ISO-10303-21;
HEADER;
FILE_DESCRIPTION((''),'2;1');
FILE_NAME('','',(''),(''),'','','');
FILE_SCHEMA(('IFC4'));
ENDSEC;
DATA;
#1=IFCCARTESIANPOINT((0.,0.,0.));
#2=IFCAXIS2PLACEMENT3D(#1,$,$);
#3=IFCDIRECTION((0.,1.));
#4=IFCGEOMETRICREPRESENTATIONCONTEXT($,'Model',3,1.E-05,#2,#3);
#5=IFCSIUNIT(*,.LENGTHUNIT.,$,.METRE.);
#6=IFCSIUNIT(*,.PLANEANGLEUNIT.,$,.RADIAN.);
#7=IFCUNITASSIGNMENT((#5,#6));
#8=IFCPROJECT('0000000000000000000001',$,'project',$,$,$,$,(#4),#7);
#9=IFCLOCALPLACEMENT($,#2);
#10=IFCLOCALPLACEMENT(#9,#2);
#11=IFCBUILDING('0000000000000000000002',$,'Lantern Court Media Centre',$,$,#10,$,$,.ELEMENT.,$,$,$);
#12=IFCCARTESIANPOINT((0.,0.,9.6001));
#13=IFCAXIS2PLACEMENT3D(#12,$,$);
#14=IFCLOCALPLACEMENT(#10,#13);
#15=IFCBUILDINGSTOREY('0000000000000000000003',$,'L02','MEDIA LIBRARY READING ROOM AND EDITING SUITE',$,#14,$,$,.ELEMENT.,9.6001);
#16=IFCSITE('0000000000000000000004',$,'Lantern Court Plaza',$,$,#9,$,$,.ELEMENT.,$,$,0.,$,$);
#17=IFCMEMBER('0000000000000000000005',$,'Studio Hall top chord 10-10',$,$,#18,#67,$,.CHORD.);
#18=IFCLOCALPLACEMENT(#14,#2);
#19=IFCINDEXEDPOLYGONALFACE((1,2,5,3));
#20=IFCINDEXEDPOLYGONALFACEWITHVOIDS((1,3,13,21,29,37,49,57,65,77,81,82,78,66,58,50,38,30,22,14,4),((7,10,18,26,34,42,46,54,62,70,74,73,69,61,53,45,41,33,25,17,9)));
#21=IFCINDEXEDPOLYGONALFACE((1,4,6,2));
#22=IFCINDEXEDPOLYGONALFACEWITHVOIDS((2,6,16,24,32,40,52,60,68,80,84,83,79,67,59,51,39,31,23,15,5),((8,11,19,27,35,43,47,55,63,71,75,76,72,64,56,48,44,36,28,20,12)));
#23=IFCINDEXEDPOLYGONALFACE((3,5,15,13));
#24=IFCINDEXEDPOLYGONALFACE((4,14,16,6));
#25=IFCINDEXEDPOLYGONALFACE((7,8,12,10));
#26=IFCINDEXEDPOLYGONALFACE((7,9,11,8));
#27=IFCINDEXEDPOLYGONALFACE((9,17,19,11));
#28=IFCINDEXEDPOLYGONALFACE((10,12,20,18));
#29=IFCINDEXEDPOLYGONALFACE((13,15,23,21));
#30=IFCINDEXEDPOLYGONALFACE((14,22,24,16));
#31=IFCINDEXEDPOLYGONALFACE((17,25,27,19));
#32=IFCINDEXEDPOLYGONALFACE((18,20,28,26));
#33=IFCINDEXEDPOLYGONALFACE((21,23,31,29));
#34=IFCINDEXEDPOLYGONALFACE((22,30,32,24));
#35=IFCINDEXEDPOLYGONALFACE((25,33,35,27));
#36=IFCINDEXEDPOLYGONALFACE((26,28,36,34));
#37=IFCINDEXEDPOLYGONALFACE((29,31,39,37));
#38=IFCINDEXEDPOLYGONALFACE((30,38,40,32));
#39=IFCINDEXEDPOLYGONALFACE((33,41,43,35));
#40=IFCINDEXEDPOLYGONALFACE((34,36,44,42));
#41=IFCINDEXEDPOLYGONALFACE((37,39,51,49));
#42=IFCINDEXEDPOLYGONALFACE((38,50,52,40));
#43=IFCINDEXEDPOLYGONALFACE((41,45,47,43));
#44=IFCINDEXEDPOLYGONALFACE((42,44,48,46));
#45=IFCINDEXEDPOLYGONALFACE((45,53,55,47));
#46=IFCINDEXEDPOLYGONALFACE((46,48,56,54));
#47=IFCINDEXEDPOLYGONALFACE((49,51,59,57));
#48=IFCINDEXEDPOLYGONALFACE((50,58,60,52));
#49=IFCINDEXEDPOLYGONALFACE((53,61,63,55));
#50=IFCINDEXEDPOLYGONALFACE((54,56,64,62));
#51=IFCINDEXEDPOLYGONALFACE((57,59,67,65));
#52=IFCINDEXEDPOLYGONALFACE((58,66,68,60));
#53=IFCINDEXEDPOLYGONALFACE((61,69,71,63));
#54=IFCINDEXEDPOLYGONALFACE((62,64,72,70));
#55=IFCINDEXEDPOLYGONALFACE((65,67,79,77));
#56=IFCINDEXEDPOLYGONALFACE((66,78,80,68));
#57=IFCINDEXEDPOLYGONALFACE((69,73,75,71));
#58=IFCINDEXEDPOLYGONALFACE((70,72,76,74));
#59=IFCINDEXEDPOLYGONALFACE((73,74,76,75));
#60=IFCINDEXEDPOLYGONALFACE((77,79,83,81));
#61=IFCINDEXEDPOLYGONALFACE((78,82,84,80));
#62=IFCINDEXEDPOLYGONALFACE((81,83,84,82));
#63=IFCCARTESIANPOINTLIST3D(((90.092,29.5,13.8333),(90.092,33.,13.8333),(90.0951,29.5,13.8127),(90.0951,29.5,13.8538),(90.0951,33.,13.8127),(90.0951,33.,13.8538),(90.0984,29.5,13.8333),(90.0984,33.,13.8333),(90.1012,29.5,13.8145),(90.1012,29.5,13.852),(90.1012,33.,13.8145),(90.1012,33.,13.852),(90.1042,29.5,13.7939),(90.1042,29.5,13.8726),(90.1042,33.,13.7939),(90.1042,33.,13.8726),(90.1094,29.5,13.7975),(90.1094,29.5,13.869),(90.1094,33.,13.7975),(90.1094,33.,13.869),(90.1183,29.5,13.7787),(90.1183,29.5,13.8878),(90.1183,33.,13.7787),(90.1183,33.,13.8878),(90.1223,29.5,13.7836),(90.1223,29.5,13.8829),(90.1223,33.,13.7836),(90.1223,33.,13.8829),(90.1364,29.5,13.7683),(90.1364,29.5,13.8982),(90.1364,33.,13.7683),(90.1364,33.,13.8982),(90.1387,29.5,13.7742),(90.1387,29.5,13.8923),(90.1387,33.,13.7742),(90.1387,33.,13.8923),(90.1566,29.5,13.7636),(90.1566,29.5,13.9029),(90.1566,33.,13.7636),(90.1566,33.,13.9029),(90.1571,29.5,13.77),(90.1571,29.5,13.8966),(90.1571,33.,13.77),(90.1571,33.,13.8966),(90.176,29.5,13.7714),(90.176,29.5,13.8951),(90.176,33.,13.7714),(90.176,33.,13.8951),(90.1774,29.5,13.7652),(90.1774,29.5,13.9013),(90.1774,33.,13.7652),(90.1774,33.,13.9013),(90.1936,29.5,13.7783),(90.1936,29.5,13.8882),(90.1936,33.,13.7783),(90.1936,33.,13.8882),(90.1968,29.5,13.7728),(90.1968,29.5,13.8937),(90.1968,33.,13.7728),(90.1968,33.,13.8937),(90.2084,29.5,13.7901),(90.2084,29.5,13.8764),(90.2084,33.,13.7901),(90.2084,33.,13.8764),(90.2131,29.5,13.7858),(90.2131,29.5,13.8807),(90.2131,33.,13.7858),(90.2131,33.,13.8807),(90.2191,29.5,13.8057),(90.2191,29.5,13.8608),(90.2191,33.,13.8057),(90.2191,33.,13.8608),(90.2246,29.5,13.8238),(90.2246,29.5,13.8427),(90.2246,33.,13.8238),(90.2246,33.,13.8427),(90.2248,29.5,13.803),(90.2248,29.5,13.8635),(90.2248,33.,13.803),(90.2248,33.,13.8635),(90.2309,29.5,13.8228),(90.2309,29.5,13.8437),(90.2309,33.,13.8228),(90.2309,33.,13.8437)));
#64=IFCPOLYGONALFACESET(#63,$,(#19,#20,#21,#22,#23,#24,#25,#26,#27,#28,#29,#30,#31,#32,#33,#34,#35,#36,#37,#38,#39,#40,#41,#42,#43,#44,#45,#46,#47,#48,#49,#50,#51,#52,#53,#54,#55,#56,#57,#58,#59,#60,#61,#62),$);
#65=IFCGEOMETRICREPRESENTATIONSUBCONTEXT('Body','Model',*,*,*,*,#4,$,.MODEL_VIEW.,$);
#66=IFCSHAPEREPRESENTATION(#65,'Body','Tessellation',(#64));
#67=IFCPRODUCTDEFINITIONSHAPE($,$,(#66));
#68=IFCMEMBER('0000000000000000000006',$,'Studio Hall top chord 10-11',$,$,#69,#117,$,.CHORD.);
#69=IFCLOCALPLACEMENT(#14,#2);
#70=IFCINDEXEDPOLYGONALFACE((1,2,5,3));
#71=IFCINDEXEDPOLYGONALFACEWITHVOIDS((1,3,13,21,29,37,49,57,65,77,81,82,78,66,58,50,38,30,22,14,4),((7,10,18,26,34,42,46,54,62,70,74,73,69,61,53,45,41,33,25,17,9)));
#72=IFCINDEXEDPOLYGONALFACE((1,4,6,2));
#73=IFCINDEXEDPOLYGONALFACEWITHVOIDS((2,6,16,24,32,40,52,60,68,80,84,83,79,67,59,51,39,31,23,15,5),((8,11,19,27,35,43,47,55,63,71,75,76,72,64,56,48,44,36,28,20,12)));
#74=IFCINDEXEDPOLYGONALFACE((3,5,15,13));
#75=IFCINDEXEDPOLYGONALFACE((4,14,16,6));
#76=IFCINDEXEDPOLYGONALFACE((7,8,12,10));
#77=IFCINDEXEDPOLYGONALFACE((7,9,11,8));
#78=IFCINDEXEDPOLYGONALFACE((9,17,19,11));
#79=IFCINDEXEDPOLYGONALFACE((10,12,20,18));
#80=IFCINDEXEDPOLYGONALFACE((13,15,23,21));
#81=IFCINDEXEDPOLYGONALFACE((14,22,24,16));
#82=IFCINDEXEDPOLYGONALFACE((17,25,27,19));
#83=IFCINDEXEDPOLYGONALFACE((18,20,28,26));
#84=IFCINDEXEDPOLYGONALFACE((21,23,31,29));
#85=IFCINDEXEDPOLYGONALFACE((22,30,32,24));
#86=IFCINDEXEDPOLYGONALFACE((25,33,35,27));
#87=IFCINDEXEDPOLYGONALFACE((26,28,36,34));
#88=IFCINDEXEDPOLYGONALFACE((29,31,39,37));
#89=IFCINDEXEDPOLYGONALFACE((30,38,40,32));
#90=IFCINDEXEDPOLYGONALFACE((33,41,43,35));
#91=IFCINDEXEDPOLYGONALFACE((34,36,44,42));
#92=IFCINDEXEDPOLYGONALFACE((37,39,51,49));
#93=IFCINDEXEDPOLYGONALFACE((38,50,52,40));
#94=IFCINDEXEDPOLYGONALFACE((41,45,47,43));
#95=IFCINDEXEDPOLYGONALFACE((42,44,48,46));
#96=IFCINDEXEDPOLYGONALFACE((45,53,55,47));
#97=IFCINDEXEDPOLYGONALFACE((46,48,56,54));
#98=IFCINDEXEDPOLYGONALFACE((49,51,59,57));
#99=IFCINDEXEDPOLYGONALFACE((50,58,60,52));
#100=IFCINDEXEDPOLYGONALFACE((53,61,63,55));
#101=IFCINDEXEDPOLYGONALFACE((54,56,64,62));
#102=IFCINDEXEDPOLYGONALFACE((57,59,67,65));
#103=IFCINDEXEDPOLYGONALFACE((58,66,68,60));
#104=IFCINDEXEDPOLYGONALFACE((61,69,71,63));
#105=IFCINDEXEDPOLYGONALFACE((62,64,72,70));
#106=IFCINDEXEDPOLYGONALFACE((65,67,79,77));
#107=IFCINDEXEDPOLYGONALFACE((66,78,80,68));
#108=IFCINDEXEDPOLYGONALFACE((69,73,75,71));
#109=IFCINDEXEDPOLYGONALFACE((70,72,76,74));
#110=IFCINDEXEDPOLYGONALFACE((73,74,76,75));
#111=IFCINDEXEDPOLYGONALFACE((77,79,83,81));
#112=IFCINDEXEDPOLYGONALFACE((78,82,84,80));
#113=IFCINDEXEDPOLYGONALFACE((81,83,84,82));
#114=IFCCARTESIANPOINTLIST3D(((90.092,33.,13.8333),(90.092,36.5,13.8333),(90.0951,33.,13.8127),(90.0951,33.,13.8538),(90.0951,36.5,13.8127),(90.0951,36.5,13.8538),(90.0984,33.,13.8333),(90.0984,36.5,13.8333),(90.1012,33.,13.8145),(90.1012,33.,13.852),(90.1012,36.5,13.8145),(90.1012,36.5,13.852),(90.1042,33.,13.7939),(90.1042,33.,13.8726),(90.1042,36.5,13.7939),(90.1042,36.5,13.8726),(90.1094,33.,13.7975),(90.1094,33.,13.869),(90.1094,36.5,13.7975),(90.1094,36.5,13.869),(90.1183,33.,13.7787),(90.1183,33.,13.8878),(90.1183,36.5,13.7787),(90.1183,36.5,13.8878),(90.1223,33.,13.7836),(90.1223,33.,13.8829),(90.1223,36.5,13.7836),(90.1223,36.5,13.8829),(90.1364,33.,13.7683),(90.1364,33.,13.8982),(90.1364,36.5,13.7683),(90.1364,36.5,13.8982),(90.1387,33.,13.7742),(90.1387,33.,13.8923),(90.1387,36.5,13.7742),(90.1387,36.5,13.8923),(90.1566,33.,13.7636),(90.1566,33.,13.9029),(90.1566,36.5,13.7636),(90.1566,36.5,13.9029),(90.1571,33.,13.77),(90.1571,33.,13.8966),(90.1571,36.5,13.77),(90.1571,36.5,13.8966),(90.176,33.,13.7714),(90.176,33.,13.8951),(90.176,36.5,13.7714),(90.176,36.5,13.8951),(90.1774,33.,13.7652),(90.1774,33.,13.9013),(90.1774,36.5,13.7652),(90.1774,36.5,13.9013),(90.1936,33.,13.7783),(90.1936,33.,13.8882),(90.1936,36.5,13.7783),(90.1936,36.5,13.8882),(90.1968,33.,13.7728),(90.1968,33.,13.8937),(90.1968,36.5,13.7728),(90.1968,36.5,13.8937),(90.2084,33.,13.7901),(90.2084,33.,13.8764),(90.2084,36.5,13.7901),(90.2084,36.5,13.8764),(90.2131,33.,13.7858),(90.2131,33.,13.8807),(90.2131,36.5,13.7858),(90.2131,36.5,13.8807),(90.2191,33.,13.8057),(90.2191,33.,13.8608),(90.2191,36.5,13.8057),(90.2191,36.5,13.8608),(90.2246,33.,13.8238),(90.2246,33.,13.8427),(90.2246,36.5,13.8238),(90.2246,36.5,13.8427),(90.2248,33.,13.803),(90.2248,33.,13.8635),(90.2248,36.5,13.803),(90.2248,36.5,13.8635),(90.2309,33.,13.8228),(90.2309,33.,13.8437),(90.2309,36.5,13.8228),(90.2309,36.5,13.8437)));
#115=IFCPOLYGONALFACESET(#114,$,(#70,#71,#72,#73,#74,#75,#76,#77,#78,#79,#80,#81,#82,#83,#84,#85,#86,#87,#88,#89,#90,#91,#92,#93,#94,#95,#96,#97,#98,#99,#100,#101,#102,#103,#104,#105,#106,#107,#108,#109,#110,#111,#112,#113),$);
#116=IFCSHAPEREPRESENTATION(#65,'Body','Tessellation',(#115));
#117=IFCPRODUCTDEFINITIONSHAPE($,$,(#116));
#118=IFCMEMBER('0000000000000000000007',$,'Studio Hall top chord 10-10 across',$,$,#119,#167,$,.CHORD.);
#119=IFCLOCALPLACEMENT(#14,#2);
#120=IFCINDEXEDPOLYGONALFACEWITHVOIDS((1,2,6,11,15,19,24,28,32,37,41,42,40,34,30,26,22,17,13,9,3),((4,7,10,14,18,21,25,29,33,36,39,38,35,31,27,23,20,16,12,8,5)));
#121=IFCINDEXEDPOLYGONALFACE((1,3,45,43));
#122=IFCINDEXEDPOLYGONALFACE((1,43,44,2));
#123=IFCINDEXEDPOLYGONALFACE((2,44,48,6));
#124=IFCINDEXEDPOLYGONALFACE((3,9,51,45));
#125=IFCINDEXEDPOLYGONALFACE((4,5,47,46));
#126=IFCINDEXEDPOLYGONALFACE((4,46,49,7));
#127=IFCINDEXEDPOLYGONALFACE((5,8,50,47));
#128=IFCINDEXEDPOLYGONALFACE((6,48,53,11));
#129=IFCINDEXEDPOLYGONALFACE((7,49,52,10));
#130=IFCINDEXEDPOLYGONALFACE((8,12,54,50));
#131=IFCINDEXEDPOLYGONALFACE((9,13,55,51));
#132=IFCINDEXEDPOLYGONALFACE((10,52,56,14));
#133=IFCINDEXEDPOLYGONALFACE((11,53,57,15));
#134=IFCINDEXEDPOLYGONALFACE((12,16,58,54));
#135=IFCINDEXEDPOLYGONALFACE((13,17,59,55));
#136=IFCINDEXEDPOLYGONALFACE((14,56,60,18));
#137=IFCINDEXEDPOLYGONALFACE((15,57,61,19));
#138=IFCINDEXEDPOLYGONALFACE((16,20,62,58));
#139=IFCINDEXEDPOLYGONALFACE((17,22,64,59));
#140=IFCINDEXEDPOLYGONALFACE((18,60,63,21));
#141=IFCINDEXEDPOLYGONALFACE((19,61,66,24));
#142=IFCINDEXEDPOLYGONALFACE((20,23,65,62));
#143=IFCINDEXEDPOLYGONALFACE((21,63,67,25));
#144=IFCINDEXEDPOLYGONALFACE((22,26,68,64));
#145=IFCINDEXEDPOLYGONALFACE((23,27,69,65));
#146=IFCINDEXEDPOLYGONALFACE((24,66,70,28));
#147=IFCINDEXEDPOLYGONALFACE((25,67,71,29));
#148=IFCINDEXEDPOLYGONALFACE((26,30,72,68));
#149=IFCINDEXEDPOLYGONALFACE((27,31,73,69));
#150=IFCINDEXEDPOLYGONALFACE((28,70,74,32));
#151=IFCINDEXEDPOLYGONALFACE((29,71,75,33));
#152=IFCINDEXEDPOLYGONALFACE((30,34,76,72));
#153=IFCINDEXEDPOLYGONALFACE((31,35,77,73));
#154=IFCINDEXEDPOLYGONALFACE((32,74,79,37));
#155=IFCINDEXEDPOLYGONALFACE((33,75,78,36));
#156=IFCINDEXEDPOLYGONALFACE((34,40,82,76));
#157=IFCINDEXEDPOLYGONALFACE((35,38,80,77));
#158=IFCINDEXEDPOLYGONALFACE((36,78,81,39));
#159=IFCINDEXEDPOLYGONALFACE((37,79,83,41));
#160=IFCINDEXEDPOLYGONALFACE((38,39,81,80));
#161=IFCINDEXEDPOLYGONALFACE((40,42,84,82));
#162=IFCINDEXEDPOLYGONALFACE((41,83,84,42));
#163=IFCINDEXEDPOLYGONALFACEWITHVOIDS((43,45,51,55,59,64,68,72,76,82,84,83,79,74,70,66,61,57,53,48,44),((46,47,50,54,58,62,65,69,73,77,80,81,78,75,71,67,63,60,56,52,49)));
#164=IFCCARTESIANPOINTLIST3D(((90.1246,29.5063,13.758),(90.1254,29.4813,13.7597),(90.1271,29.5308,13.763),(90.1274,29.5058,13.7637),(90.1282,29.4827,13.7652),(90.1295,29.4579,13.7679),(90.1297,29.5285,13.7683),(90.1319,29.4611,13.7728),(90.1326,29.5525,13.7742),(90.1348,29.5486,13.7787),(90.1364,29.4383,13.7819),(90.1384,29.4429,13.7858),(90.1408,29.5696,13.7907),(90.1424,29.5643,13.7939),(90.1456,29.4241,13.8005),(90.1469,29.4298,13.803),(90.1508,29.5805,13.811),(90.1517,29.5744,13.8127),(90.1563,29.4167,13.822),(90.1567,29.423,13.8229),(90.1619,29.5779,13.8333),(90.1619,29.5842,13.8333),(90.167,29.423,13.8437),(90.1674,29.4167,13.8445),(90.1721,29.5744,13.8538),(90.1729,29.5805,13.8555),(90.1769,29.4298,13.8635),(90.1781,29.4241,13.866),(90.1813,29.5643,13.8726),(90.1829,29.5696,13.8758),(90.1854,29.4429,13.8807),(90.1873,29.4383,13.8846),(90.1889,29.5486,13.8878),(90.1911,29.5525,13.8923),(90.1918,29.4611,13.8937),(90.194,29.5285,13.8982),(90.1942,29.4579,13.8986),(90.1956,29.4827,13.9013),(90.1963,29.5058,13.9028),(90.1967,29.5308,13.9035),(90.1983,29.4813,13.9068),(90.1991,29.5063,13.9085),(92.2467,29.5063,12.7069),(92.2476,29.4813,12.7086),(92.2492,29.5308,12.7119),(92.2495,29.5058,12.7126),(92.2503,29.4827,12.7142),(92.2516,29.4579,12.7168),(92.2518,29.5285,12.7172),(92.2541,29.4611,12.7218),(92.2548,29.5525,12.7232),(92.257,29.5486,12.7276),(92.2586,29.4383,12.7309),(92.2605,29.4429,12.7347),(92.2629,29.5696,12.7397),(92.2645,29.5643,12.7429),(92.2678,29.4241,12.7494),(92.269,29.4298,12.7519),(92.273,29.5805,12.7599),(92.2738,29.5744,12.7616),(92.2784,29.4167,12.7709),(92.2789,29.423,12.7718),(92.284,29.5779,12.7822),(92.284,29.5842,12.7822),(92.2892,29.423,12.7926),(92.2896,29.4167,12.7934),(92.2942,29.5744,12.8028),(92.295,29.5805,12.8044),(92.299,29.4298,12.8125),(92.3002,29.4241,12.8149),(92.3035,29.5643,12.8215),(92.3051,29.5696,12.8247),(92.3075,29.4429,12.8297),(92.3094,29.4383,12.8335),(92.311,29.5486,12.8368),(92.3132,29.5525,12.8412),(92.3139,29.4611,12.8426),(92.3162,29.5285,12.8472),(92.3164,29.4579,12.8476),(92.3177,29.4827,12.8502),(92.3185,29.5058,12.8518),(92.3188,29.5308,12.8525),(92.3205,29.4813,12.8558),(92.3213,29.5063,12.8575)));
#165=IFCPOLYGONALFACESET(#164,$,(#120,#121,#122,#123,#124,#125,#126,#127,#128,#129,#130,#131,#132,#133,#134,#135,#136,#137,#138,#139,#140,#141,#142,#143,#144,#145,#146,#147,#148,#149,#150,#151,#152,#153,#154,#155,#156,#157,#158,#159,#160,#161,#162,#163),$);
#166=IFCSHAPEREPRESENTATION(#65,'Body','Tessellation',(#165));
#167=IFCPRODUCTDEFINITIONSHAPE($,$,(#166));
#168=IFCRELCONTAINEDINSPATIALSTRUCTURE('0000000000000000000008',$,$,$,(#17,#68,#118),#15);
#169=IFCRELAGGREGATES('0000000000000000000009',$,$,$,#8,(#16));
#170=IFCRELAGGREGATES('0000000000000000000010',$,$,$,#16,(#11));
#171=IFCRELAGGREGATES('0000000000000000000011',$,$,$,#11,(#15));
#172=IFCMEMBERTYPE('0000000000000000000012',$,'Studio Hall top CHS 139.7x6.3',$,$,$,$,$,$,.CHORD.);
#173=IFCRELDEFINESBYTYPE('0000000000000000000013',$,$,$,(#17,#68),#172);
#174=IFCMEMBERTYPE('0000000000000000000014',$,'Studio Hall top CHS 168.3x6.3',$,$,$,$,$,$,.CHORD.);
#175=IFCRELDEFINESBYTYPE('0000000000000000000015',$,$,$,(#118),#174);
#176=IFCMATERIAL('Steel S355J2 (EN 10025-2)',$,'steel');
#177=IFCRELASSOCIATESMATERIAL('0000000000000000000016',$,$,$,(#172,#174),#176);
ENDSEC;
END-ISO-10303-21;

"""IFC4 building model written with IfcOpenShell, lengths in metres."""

from ifc_helpers import new_model, si_unit, direction, frame, origin, origin_2d, place, context, subcontext, project, spatial, hollow_circle, extrude, material, material_profile, profile_set, type_object, element, save


model = new_model("IFC4")

# Units and contexts
model_context = context("Model", 3, precision=1e-05, world=origin(), true_north=direction((0.0, 1.0)))
body_context = subcontext(model_context, "Body", "Model", "MODEL_VIEW")
ifc_project = project(units=[si_unit("LENGTHUNIT", "METRE"), si_unit("PLANEANGLEUNIT", "RADIAN")], contexts=[model_context])

# Site, building, storey
site_placement = place(None, origin())
site = spatial("IfcSite", under=ifc_project, at=site_placement, Name="Lantern Court Plaza", CompositionType="ELEMENT", RefElevation=0.0)
building_placement = place(site_placement, origin())
building = spatial("IfcBuilding", under=site, at=building_placement, Name="Lantern Court Media Centre", CompositionType="ELEMENT")
storey_placement = place(building_placement, frame((0.0, 0.0, 9.6001)))
storey = spatial("IfcBuildingStorey", under=building, at=storey_placement, Name="L02", Description="MEDIA LIBRARY READING ROOM AND EDITING SUITE", CompositionType="ELEMENT", Elevation=9.6001)

# Members
ifc_material = material(Name="Steel S355J2 (EN 10025-2)", Category="steel")
ifc_material_profile_1 = material_profile(ifc_material, hollow_circle(Radius=0.0698, WallThickness=0.0063, at=origin_2d()), Name="Studio Hall top CHS 139.7x6.3")
ifc_profile_set_1 = profile_set([ifc_material_profile_1], Name="Steel S355J2 (EN 10025-2)")
member_type_1 = type_object("IfcMemberType", Name="Studio Hall top CHS 139.7x6.3", PredefinedType="CHORD", material=ifc_profile_set_1)
for number, where, z_axis, x_axis, name in (
    (1, (90.1619, 29.5, 13.8333), (0.0, 1.0, 0.0), (-1.0, 0.0, 0.0), "Studio Hall top chord 10-10"),
    (2, (90.1619, 33.0, 13.8333), (0.0, 1.0, 0.0), (-1.0, 0.0, 0.0), "Studio Hall top chord 10-11"),
):
    element("IfcMember", number, at=place(storey_placement, frame(where, z_axis=z_axis, x_axis=x_axis)), inside=storey, type_object=member_type_1, Name=name, PredefinedType="CHORD", context=body_context, shape_type="SweptSolid", body=[
        extrude(hollow_circle(Radius=0.0698, WallThickness=0.0063, at=origin_2d()), origin(), (0.0, 0.0, 1.0), 3.5),
    ])
ifc_material_profile_2 = material_profile(ifc_material, hollow_circle(Radius=0.0842, WallThickness=0.0063, at=origin_2d()), Name="Studio Hall top CHS 168.3x6.3")
ifc_profile_set_2 = profile_set([ifc_material_profile_2], Name="Steel S355J2 (EN 10025-2)")
member_type_2 = type_object("IfcMemberType", Name="Studio Hall top CHS 168.3x6.3", PredefinedType="CHORD", material=ifc_profile_set_2)
for number, where, z_axis, x_axis, name in (
    (3, (90.1619, 29.5, 13.8333), (0.896112, 0.0, -0.443829), (0.0, 1.0, 0.0), "Studio Hall top chord 10-10 across"),
):
    element("IfcMember", number, at=place(storey_placement, frame(where, z_axis=z_axis, x_axis=x_axis)), inside=storey, type_object=member_type_2, Name=name, PredefinedType="CHORD", context=body_context, shape_type="SweptSolid", body=[
        extrude(hollow_circle(Radius=0.0842, WallThickness=0.0063, at=origin_2d()), origin(), (0.0, 0.0, 1.0), 2.3682),
    ])

save(model, "model.ifc")
